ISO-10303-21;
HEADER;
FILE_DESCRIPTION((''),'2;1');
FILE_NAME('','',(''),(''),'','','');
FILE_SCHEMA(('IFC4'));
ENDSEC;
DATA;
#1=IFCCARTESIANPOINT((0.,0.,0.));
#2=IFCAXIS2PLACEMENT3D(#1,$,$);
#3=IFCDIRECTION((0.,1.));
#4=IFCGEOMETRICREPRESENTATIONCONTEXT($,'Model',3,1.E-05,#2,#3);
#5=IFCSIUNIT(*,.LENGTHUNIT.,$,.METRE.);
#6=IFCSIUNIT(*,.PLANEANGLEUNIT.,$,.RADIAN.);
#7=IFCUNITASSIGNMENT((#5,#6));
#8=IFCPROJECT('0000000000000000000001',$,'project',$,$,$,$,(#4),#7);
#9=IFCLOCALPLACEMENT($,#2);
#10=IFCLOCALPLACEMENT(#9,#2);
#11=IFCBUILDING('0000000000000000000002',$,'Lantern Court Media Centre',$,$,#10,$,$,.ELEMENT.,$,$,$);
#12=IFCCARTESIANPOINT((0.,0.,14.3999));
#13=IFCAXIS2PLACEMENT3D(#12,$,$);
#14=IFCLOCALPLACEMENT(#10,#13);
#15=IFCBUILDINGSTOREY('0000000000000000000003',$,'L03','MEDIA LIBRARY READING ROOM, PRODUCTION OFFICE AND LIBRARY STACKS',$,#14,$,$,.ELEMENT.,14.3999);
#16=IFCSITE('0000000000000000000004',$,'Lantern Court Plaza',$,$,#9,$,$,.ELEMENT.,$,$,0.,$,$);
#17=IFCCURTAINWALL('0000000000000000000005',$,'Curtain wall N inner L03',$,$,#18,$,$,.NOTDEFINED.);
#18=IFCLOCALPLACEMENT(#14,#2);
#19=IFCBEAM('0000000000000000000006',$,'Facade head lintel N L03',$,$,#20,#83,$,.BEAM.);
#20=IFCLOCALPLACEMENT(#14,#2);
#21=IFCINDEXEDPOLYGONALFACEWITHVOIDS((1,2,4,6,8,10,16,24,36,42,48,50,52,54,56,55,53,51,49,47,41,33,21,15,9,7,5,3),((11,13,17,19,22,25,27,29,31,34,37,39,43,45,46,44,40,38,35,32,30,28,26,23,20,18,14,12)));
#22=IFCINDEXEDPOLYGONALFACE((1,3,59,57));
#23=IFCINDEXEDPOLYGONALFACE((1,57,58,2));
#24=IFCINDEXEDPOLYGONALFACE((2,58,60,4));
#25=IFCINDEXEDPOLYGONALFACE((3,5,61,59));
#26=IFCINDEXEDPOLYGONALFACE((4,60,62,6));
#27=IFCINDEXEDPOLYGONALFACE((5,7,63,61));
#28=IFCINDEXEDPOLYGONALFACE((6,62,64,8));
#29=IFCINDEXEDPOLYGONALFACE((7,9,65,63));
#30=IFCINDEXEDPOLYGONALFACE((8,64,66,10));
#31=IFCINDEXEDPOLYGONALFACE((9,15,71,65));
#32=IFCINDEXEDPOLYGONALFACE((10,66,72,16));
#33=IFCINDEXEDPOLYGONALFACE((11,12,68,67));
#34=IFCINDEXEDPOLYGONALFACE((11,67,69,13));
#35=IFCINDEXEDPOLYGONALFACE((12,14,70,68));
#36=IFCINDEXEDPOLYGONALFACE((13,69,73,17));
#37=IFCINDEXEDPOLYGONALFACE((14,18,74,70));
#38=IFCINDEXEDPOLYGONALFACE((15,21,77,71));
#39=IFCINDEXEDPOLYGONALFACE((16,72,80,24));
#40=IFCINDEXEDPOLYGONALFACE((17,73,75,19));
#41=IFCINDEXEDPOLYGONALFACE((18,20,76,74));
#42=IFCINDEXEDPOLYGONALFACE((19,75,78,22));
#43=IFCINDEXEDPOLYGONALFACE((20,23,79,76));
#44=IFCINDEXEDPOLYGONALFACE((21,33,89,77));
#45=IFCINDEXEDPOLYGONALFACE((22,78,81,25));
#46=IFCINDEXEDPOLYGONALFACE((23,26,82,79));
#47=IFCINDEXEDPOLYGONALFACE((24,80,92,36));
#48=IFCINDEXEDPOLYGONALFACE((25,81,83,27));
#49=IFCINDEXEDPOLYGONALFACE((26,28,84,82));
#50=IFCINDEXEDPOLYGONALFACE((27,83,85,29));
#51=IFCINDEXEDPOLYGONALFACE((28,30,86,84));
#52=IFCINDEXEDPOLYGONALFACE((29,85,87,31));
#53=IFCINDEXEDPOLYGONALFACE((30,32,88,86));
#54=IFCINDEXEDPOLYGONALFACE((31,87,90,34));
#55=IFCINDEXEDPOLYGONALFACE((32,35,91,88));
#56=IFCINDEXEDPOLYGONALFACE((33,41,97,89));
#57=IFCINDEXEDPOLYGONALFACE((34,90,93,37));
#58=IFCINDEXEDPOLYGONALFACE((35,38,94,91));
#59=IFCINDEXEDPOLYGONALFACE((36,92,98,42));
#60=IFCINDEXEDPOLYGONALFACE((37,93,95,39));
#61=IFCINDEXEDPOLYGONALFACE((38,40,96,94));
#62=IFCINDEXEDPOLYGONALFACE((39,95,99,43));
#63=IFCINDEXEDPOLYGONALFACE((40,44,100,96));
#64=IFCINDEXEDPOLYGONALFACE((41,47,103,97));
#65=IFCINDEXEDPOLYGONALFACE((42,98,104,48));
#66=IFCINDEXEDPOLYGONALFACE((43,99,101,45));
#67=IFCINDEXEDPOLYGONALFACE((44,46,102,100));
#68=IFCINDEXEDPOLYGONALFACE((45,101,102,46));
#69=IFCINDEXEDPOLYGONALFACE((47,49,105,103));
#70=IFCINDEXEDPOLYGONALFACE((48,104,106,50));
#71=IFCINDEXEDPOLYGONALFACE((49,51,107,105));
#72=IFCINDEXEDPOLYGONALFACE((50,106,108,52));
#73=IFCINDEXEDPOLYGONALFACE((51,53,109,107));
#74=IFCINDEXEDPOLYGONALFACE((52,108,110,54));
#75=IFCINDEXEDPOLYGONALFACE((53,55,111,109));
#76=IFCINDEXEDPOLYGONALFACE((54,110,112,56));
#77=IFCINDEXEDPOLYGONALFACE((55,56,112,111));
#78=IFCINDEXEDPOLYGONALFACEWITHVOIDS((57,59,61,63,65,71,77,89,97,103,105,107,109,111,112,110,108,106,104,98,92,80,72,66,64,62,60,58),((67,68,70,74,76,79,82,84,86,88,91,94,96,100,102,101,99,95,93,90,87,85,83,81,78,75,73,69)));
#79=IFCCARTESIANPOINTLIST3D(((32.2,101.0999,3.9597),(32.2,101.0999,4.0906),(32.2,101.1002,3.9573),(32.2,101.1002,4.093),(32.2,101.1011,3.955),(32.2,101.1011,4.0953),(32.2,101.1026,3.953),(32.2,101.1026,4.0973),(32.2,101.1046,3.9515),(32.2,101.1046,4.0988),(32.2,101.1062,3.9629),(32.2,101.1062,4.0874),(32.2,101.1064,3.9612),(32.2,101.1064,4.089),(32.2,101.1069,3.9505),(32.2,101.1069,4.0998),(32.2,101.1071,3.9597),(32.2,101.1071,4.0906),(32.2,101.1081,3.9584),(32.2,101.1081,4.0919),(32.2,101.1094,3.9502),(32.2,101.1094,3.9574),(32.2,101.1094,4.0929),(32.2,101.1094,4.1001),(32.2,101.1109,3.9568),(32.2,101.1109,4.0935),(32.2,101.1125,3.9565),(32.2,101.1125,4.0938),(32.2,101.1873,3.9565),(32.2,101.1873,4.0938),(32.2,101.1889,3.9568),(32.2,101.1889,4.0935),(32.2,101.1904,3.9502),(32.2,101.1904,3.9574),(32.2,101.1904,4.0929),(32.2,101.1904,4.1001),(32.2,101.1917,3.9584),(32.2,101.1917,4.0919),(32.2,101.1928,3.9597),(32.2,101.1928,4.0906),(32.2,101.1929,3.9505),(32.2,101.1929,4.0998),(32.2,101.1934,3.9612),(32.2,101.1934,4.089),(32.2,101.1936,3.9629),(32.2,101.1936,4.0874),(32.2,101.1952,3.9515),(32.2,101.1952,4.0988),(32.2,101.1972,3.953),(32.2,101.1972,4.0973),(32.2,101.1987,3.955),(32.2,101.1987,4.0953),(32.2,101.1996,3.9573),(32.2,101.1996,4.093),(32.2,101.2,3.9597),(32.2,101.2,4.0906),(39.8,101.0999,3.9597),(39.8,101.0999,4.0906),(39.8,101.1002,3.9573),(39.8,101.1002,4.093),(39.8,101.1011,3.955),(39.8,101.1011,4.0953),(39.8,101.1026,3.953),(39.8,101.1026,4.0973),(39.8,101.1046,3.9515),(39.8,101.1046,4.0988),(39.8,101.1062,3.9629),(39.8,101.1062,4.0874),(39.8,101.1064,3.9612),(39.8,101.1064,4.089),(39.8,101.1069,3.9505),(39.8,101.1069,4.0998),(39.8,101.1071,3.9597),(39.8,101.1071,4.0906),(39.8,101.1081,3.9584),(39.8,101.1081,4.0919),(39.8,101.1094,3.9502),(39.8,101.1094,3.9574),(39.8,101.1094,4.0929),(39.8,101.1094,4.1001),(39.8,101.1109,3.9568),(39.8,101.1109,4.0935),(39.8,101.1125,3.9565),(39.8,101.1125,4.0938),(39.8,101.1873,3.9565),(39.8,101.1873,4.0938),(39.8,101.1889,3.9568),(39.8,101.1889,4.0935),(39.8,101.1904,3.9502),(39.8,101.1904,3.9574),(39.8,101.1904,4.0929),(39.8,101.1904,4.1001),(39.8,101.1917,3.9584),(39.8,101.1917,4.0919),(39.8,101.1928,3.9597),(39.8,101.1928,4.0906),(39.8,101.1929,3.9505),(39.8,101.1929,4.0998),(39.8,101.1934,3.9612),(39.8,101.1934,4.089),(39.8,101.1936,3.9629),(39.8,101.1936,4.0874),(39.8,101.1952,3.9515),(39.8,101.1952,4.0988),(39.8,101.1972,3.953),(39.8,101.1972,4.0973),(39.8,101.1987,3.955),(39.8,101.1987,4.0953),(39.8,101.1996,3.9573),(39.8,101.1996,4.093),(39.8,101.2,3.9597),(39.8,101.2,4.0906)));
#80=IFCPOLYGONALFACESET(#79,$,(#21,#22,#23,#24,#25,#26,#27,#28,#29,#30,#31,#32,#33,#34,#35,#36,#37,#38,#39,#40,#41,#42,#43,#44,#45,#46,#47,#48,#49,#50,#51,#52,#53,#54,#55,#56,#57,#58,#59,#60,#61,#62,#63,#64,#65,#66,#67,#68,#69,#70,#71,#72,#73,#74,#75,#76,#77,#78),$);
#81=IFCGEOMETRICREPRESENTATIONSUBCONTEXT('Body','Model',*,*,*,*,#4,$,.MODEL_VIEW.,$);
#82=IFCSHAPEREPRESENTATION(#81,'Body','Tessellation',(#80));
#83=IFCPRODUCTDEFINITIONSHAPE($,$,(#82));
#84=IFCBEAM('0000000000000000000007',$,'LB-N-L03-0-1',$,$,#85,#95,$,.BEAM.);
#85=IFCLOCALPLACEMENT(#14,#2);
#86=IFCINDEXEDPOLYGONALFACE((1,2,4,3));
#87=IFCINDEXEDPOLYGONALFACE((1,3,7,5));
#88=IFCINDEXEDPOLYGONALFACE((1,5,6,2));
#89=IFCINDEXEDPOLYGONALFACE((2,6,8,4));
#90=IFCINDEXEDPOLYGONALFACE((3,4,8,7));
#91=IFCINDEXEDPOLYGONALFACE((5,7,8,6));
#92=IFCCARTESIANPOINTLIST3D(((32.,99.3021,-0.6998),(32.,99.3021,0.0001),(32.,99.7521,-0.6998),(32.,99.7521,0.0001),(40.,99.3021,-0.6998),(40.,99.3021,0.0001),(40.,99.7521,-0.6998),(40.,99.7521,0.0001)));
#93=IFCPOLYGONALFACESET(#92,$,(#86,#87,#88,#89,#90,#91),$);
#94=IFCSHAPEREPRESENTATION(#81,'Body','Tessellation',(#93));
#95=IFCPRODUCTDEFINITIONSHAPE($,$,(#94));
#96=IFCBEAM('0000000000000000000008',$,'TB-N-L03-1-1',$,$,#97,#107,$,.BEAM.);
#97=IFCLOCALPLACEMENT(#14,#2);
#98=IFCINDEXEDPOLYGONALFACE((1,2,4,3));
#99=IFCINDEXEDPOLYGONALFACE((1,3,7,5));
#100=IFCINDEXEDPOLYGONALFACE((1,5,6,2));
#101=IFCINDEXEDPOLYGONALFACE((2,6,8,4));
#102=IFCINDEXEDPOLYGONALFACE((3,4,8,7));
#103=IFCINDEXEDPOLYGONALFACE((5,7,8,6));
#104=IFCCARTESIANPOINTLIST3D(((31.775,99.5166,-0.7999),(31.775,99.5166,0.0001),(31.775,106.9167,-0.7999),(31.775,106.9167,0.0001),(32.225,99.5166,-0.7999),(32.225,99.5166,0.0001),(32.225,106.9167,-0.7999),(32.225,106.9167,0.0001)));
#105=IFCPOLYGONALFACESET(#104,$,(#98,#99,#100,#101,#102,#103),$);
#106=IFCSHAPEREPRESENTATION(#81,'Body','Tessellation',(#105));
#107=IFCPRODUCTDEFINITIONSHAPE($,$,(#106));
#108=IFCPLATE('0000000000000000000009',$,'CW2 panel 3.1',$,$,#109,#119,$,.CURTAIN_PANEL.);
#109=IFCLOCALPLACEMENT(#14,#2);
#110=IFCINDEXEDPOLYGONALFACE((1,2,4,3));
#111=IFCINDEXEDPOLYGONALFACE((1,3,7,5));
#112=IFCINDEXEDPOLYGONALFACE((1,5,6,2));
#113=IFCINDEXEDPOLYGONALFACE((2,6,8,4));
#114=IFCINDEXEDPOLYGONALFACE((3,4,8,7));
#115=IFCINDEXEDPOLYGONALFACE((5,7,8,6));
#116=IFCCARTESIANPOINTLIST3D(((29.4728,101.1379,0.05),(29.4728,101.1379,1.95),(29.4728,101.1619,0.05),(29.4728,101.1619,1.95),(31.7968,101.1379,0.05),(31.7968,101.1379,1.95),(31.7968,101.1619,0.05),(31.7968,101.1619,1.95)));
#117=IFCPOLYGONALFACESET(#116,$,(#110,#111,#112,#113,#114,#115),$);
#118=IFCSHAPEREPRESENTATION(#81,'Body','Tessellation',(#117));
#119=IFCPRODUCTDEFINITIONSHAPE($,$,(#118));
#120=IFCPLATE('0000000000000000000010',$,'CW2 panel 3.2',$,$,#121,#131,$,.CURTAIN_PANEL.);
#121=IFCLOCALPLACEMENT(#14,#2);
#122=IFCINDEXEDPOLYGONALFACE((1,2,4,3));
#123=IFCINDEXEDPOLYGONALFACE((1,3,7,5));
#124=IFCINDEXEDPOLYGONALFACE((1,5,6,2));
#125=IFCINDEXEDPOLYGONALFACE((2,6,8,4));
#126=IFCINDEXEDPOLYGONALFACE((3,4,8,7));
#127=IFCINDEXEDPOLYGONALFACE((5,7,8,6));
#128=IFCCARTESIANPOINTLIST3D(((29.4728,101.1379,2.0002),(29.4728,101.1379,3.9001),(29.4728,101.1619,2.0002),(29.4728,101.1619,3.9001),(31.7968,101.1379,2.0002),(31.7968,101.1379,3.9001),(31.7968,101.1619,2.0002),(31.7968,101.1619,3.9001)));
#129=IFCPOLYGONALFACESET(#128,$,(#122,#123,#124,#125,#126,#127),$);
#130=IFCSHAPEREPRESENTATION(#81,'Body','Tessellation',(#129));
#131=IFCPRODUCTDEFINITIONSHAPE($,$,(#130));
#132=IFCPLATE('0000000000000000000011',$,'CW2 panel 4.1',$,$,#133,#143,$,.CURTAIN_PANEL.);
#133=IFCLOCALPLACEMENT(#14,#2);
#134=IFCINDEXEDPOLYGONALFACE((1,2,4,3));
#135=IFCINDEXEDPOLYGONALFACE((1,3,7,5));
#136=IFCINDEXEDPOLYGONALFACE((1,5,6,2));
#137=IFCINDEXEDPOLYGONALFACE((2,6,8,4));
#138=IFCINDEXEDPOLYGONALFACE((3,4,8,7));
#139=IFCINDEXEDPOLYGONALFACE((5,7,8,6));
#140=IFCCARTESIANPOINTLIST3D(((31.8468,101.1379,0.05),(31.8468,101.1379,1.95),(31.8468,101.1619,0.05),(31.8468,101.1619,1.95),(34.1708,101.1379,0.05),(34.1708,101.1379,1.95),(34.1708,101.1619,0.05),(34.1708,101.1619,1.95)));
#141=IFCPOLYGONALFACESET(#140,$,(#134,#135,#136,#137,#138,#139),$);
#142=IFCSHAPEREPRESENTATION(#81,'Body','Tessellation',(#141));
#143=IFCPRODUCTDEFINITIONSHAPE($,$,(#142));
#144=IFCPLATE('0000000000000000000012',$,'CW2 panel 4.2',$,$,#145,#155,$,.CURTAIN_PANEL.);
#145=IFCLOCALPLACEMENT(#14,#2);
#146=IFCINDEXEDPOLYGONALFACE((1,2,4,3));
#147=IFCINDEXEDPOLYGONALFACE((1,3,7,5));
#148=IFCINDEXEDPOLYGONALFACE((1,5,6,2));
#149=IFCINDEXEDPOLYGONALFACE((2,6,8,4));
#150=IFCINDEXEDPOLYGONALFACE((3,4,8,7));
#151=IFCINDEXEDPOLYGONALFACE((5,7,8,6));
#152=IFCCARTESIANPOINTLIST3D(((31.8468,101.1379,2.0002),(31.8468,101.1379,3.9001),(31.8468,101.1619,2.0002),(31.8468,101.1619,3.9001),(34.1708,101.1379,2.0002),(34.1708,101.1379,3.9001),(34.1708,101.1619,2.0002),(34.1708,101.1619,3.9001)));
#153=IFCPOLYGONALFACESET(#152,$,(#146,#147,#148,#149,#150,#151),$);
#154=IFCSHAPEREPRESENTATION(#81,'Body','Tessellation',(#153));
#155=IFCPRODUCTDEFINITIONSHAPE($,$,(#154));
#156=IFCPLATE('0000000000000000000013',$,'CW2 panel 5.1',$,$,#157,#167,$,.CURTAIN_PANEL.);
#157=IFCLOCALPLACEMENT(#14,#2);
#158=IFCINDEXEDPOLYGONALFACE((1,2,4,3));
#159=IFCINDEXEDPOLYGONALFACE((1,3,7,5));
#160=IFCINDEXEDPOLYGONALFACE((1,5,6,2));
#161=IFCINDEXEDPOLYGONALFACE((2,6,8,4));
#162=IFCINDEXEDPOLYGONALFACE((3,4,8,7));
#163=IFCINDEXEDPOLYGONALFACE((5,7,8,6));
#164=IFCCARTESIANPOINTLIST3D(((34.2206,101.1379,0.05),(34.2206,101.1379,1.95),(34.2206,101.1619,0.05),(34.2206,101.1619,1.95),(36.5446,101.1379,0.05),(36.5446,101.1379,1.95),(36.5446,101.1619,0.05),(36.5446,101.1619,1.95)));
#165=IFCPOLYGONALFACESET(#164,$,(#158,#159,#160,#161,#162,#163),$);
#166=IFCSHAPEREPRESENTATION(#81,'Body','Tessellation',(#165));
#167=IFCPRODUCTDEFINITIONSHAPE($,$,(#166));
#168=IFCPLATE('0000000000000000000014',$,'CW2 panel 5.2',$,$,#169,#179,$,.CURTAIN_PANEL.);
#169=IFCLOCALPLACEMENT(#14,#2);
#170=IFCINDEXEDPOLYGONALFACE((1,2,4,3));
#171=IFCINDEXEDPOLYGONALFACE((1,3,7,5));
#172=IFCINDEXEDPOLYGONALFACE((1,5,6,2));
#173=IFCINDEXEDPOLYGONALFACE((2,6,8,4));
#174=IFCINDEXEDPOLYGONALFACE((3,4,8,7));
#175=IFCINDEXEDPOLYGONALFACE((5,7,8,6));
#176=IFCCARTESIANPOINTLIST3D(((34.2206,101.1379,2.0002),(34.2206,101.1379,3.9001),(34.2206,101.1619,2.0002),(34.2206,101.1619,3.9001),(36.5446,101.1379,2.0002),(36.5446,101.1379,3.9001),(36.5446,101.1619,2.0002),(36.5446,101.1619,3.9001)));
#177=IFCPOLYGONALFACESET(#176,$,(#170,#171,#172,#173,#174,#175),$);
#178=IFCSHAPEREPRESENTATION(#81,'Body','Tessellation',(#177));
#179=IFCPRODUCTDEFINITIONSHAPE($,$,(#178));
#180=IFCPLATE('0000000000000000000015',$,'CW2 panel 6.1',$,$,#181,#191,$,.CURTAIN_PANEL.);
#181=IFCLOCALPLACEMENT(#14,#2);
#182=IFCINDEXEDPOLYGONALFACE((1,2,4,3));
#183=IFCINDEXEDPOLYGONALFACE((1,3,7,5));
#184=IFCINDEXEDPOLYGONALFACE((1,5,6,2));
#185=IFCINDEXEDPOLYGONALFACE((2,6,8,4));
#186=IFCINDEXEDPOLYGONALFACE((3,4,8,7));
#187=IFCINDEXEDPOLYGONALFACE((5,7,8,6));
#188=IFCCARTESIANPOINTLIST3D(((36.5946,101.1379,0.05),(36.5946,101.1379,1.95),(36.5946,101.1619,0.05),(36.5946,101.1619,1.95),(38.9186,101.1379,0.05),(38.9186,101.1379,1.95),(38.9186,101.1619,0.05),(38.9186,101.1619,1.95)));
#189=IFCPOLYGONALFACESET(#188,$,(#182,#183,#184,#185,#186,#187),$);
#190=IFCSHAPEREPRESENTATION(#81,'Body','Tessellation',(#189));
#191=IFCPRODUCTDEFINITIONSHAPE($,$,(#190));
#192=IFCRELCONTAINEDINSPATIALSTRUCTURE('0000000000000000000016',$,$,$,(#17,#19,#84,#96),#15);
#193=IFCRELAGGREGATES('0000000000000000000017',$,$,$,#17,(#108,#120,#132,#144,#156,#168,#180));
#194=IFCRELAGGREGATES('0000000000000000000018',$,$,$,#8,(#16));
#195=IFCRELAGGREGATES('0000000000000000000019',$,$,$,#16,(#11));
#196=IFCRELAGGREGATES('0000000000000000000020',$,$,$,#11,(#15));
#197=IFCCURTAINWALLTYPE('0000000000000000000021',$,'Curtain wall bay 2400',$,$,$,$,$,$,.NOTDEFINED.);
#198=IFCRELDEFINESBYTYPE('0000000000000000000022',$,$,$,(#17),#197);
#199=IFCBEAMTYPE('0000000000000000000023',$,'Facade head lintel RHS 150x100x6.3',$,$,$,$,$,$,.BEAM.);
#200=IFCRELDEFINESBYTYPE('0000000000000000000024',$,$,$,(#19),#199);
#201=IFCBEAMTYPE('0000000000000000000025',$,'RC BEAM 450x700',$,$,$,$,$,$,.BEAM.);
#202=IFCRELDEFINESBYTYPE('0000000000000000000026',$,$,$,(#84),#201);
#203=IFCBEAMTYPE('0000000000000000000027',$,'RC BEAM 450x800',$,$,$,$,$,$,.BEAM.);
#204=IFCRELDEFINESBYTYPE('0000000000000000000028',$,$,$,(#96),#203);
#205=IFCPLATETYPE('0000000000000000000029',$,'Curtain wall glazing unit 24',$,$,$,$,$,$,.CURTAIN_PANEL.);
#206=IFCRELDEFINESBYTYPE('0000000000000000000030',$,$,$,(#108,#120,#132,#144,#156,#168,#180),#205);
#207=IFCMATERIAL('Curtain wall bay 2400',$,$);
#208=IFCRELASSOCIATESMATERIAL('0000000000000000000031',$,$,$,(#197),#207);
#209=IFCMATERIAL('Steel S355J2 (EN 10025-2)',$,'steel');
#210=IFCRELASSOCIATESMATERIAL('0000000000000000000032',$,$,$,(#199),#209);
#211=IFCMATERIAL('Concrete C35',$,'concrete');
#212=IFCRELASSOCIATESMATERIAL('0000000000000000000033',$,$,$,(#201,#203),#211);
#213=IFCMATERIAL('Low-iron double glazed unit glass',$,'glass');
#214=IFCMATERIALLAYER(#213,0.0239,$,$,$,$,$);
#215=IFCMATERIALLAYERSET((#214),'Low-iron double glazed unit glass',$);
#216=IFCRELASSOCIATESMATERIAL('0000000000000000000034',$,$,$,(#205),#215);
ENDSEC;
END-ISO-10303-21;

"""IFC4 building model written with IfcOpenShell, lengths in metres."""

from ifc_helpers import new_model, si_unit, direction, frame, origin, origin_2d, place, context, subcontext, project, spatial, rectangle, hollow_rectangle, extrude, material, layer, layer_set, material_profile, profile_set, type_object, element, aggregate, save


model = new_model("IFC4")

# Units and contexts
model_context = context("Model", 3, precision=1e-05, world=origin(), true_north=direction((0.0, 1.0)))
body_context = subcontext(model_context, "Body", "Model", "MODEL_VIEW")
ifc_project = project(units=[si_unit("LENGTHUNIT", "METRE"), si_unit("PLANEANGLEUNIT", "RADIAN")], contexts=[model_context])

# Site, building, storey
site_placement = place(None, origin())
site = spatial("IfcSite", under=ifc_project, at=site_placement, Name="Lantern Court Plaza", CompositionType="ELEMENT", RefElevation=0.0)
building_placement = place(site_placement, origin())
building = spatial("IfcBuilding", under=site, at=building_placement, Name="Lantern Court Media Centre", CompositionType="ELEMENT")
storey_placement = place(building_placement, frame((0.0, 0.0, 14.3999)))
storey = spatial("IfcBuildingStorey", under=building, at=storey_placement, Name="L03", Description="MEDIA LIBRARY READING ROOM, PRODUCTION OFFICE AND LIBRARY STACKS", CompositionType="ELEMENT", Elevation=14.3999)

# Shared definitions
ifc_material_1 = material(Name="Concrete C35", Category="concrete")

# Curtain wall
ifc_material_2 = material(Name="Curtain wall bay 2400")
curtain_wall_type = type_object("IfcCurtainWallType", Name="Curtain wall bay 2400", PredefinedType="NOTDEFINED", material=ifc_material_2)
curtain_wall_placement = place(storey_placement, origin())
curtain_wall = element("IfcCurtainWall", 1, at=curtain_wall_placement, inside=storey, type_object=curtain_wall_type, Name="Curtain wall N inner L03", PredefinedType="NOTDEFINED")

# Beams
ifc_material_3 = material(Name="Steel S355J2 (EN 10025-2)", Category="steel")
ifc_material_profile_1 = material_profile(ifc_material_3, hollow_rectangle(XDim=0.1001, YDim=0.1499, WallThickness=0.0063, InnerFilletRadius=0.0063, OuterFilletRadius=0.0095, at=origin_2d()), Name="Facade head lintel RHS 150x100x6.3")
ifc_profile_set_1 = profile_set([ifc_material_profile_1], Name="Steel S355J2 (EN 10025-2)")
beam_type_1 = type_object("IfcBeamType", Name="Facade head lintel RHS 150x100x6.3", PredefinedType="BEAM", material=ifc_profile_set_1)
beam_1_placement = place(storey_placement, frame((32.2, 101.1499, 4.0251), z_axis=(1.0, 0.0, 0.0), x_axis=(0.0, 1.0, 0.0)))
element("IfcBeam", 2, at=beam_1_placement, inside=storey, type_object=beam_type_1, Name="Facade head lintel N L03", PredefinedType="BEAM", context=body_context, shape_type="SweptSolid", body=[
    extrude(hollow_rectangle(XDim=0.1001, YDim=0.1499, WallThickness=0.0063, InnerFilletRadius=0.0063, OuterFilletRadius=0.0095, at=origin_2d()), origin(), (0.0, 0.0, 1.0), 7.6001),
])
ifc_material_profile_2 = material_profile(ifc_material_1, rectangle(XDim=0.45, YDim=0.7, at=origin_2d()), Name="RC 450x700")
ifc_profile_set_2 = profile_set([ifc_material_profile_2], Name="Concrete C35")
beam_type_2 = type_object("IfcBeamType", Name="RC BEAM 450x700", PredefinedType="BEAM", material=ifc_profile_set_2)
beam_2_placement = place(storey_placement, frame((32.0, 99.5271, -0.3499), z_axis=(1.0, 0.0, 0.0), x_axis=(0.0, 1.0, 0.0)))
element("IfcBeam", 3, at=beam_2_placement, inside=storey, type_object=beam_type_2, Name="LB-N-L03-0-1", PredefinedType="BEAM", context=body_context, shape_type="SweptSolid", body=[
    extrude(rectangle(XDim=0.45, YDim=0.7, at=origin_2d()), origin(), (0.0, 0.0, 1.0), 8.0),
])
ifc_material_profile_3 = material_profile(ifc_material_1, rectangle(XDim=0.45, YDim=0.8, at=origin_2d()), Name="RC 450x800")
ifc_profile_set_3 = profile_set([ifc_material_profile_3], Name="Concrete C35")
beam_type_3 = type_object("IfcBeamType", Name="RC BEAM 450x800", PredefinedType="BEAM", material=ifc_profile_set_3)
beam_3_placement = place(storey_placement, frame((32.0, 99.5166, -0.3999), z_axis=(0.0, 1.0, 0.0), x_axis=(-1.0, 0.0, 0.0)))
element("IfcBeam", 4, at=beam_3_placement, inside=storey, type_object=beam_type_3, Name="TB-N-L03-1-1", PredefinedType="BEAM", context=body_context, shape_type="SweptSolid", body=[
    extrude(rectangle(XDim=0.45, YDim=0.8, at=origin_2d()), origin(), (0.0, 0.0, 1.0), 7.4001),
])

# Plates
ifc_material_4 = material(Name="Low-iron double glazed unit glass", Category="glass")
ifc_layer_1 = layer(ifc_material_4, 0.0239)
ifc_layer_set_1 = layer_set([ifc_layer_1], Name="Low-iron double glazed unit glass")
plate_type = type_object("IfcPlateType", Name="Curtain wall glazing unit 24", PredefinedType="CURTAIN_PANEL", material=ifc_layer_set_1)
plate_1_placement = place(storey_placement, frame((30.6348, 101.1499, 0.05), z_axis=(0.0, 0.0, 1.0), x_axis=(1.0, 0.0, 0.0)))
plate_1 = element("IfcPlate", 5, at=plate_1_placement, type_object=plate_type, Name="CW2 panel 3.1", PredefinedType="CURTAIN_PANEL", context=body_context, shape_type="SweptSolid", body=[
    extrude(rectangle(XDim=2.324, YDim=0.0239, at=origin_2d()), origin(), (0.0, 0.0, 1.0), 1.8999),
])
plate_2_placement = place(storey_placement, frame((30.6348, 101.1499, 2.0002), z_axis=(0.0, 0.0, 1.0), x_axis=(1.0, 0.0, 0.0)))
plate_2 = element("IfcPlate", 6, at=plate_2_placement, type_object=plate_type, Name="CW2 panel 3.2", PredefinedType="CURTAIN_PANEL", context=body_context, shape_type="SweptSolid", body=[
    extrude(rectangle(XDim=2.324, YDim=0.0239, at=origin_2d()), origin(), (0.0, 0.0, 1.0), 1.8999),
])
plate_3_placement = place(storey_placement, frame((33.0088, 101.1499, 0.05), z_axis=(0.0, 0.0, 1.0), x_axis=(1.0, 0.0, 0.0)))
plate_3 = element("IfcPlate", 7, at=plate_3_placement, type_object=plate_type, Name="CW2 panel 4.1", PredefinedType="CURTAIN_PANEL", context=body_context, shape_type="SweptSolid", body=[
    extrude(rectangle(XDim=2.324, YDim=0.0239, at=origin_2d()), origin(), (0.0, 0.0, 1.0), 1.8999),
])
plate_4_placement = place(storey_placement, frame((33.0088, 101.1499, 2.0002), z_axis=(0.0, 0.0, 1.0), x_axis=(1.0, 0.0, 0.0)))
plate_4 = element("IfcPlate", 8, at=plate_4_placement, type_object=plate_type, Name="CW2 panel 4.2", PredefinedType="CURTAIN_PANEL", context=body_context, shape_type="SweptSolid", body=[
    extrude(rectangle(XDim=2.324, YDim=0.0239, at=origin_2d()), origin(), (0.0, 0.0, 1.0), 1.8999),
])
plate_5_placement = place(storey_placement, frame((35.3826, 101.1499, 0.05), z_axis=(0.0, 0.0, 1.0), x_axis=(1.0, 0.0, 0.0)))
plate_5 = element("IfcPlate", 9, at=plate_5_placement, type_object=plate_type, Name="CW2 panel 5.1", PredefinedType="CURTAIN_PANEL", context=body_context, shape_type="SweptSolid", body=[
    extrude(rectangle(XDim=2.324, YDim=0.0239, at=origin_2d()), origin(), (0.0, 0.0, 1.0), 1.8999),
])
plate_6_placement = place(storey_placement, frame((35.3826, 101.1499, 2.0002), z_axis=(0.0, 0.0, 1.0), x_axis=(1.0, 0.0, 0.0)))
plate_6 = element("IfcPlate", 10, at=plate_6_placement, type_object=plate_type, Name="CW2 panel 5.2", PredefinedType="CURTAIN_PANEL", context=body_context, shape_type="SweptSolid", body=[
    extrude(rectangle(XDim=2.324, YDim=0.0239, at=origin_2d()), origin(), (0.0, 0.0, 1.0), 1.8999),
])
plate_7_placement = place(storey_placement, frame((37.7566, 101.1499, 0.05), z_axis=(0.0, 0.0, 1.0), x_axis=(1.0, 0.0, 0.0)))
plate_7 = element("IfcPlate", 11, at=plate_7_placement, type_object=plate_type, Name="CW2 panel 6.1", PredefinedType="CURTAIN_PANEL", context=body_context, shape_type="SweptSolid", body=[
    extrude(rectangle(XDim=2.324, YDim=0.0239, at=origin_2d()), origin(), (0.0, 0.0, 1.0), 1.8999),
])
aggregate(curtain_wall, [plate_1, plate_2, plate_3, plate_4, plate_5, plate_6, plate_7])

save(model, "model.ifc")
